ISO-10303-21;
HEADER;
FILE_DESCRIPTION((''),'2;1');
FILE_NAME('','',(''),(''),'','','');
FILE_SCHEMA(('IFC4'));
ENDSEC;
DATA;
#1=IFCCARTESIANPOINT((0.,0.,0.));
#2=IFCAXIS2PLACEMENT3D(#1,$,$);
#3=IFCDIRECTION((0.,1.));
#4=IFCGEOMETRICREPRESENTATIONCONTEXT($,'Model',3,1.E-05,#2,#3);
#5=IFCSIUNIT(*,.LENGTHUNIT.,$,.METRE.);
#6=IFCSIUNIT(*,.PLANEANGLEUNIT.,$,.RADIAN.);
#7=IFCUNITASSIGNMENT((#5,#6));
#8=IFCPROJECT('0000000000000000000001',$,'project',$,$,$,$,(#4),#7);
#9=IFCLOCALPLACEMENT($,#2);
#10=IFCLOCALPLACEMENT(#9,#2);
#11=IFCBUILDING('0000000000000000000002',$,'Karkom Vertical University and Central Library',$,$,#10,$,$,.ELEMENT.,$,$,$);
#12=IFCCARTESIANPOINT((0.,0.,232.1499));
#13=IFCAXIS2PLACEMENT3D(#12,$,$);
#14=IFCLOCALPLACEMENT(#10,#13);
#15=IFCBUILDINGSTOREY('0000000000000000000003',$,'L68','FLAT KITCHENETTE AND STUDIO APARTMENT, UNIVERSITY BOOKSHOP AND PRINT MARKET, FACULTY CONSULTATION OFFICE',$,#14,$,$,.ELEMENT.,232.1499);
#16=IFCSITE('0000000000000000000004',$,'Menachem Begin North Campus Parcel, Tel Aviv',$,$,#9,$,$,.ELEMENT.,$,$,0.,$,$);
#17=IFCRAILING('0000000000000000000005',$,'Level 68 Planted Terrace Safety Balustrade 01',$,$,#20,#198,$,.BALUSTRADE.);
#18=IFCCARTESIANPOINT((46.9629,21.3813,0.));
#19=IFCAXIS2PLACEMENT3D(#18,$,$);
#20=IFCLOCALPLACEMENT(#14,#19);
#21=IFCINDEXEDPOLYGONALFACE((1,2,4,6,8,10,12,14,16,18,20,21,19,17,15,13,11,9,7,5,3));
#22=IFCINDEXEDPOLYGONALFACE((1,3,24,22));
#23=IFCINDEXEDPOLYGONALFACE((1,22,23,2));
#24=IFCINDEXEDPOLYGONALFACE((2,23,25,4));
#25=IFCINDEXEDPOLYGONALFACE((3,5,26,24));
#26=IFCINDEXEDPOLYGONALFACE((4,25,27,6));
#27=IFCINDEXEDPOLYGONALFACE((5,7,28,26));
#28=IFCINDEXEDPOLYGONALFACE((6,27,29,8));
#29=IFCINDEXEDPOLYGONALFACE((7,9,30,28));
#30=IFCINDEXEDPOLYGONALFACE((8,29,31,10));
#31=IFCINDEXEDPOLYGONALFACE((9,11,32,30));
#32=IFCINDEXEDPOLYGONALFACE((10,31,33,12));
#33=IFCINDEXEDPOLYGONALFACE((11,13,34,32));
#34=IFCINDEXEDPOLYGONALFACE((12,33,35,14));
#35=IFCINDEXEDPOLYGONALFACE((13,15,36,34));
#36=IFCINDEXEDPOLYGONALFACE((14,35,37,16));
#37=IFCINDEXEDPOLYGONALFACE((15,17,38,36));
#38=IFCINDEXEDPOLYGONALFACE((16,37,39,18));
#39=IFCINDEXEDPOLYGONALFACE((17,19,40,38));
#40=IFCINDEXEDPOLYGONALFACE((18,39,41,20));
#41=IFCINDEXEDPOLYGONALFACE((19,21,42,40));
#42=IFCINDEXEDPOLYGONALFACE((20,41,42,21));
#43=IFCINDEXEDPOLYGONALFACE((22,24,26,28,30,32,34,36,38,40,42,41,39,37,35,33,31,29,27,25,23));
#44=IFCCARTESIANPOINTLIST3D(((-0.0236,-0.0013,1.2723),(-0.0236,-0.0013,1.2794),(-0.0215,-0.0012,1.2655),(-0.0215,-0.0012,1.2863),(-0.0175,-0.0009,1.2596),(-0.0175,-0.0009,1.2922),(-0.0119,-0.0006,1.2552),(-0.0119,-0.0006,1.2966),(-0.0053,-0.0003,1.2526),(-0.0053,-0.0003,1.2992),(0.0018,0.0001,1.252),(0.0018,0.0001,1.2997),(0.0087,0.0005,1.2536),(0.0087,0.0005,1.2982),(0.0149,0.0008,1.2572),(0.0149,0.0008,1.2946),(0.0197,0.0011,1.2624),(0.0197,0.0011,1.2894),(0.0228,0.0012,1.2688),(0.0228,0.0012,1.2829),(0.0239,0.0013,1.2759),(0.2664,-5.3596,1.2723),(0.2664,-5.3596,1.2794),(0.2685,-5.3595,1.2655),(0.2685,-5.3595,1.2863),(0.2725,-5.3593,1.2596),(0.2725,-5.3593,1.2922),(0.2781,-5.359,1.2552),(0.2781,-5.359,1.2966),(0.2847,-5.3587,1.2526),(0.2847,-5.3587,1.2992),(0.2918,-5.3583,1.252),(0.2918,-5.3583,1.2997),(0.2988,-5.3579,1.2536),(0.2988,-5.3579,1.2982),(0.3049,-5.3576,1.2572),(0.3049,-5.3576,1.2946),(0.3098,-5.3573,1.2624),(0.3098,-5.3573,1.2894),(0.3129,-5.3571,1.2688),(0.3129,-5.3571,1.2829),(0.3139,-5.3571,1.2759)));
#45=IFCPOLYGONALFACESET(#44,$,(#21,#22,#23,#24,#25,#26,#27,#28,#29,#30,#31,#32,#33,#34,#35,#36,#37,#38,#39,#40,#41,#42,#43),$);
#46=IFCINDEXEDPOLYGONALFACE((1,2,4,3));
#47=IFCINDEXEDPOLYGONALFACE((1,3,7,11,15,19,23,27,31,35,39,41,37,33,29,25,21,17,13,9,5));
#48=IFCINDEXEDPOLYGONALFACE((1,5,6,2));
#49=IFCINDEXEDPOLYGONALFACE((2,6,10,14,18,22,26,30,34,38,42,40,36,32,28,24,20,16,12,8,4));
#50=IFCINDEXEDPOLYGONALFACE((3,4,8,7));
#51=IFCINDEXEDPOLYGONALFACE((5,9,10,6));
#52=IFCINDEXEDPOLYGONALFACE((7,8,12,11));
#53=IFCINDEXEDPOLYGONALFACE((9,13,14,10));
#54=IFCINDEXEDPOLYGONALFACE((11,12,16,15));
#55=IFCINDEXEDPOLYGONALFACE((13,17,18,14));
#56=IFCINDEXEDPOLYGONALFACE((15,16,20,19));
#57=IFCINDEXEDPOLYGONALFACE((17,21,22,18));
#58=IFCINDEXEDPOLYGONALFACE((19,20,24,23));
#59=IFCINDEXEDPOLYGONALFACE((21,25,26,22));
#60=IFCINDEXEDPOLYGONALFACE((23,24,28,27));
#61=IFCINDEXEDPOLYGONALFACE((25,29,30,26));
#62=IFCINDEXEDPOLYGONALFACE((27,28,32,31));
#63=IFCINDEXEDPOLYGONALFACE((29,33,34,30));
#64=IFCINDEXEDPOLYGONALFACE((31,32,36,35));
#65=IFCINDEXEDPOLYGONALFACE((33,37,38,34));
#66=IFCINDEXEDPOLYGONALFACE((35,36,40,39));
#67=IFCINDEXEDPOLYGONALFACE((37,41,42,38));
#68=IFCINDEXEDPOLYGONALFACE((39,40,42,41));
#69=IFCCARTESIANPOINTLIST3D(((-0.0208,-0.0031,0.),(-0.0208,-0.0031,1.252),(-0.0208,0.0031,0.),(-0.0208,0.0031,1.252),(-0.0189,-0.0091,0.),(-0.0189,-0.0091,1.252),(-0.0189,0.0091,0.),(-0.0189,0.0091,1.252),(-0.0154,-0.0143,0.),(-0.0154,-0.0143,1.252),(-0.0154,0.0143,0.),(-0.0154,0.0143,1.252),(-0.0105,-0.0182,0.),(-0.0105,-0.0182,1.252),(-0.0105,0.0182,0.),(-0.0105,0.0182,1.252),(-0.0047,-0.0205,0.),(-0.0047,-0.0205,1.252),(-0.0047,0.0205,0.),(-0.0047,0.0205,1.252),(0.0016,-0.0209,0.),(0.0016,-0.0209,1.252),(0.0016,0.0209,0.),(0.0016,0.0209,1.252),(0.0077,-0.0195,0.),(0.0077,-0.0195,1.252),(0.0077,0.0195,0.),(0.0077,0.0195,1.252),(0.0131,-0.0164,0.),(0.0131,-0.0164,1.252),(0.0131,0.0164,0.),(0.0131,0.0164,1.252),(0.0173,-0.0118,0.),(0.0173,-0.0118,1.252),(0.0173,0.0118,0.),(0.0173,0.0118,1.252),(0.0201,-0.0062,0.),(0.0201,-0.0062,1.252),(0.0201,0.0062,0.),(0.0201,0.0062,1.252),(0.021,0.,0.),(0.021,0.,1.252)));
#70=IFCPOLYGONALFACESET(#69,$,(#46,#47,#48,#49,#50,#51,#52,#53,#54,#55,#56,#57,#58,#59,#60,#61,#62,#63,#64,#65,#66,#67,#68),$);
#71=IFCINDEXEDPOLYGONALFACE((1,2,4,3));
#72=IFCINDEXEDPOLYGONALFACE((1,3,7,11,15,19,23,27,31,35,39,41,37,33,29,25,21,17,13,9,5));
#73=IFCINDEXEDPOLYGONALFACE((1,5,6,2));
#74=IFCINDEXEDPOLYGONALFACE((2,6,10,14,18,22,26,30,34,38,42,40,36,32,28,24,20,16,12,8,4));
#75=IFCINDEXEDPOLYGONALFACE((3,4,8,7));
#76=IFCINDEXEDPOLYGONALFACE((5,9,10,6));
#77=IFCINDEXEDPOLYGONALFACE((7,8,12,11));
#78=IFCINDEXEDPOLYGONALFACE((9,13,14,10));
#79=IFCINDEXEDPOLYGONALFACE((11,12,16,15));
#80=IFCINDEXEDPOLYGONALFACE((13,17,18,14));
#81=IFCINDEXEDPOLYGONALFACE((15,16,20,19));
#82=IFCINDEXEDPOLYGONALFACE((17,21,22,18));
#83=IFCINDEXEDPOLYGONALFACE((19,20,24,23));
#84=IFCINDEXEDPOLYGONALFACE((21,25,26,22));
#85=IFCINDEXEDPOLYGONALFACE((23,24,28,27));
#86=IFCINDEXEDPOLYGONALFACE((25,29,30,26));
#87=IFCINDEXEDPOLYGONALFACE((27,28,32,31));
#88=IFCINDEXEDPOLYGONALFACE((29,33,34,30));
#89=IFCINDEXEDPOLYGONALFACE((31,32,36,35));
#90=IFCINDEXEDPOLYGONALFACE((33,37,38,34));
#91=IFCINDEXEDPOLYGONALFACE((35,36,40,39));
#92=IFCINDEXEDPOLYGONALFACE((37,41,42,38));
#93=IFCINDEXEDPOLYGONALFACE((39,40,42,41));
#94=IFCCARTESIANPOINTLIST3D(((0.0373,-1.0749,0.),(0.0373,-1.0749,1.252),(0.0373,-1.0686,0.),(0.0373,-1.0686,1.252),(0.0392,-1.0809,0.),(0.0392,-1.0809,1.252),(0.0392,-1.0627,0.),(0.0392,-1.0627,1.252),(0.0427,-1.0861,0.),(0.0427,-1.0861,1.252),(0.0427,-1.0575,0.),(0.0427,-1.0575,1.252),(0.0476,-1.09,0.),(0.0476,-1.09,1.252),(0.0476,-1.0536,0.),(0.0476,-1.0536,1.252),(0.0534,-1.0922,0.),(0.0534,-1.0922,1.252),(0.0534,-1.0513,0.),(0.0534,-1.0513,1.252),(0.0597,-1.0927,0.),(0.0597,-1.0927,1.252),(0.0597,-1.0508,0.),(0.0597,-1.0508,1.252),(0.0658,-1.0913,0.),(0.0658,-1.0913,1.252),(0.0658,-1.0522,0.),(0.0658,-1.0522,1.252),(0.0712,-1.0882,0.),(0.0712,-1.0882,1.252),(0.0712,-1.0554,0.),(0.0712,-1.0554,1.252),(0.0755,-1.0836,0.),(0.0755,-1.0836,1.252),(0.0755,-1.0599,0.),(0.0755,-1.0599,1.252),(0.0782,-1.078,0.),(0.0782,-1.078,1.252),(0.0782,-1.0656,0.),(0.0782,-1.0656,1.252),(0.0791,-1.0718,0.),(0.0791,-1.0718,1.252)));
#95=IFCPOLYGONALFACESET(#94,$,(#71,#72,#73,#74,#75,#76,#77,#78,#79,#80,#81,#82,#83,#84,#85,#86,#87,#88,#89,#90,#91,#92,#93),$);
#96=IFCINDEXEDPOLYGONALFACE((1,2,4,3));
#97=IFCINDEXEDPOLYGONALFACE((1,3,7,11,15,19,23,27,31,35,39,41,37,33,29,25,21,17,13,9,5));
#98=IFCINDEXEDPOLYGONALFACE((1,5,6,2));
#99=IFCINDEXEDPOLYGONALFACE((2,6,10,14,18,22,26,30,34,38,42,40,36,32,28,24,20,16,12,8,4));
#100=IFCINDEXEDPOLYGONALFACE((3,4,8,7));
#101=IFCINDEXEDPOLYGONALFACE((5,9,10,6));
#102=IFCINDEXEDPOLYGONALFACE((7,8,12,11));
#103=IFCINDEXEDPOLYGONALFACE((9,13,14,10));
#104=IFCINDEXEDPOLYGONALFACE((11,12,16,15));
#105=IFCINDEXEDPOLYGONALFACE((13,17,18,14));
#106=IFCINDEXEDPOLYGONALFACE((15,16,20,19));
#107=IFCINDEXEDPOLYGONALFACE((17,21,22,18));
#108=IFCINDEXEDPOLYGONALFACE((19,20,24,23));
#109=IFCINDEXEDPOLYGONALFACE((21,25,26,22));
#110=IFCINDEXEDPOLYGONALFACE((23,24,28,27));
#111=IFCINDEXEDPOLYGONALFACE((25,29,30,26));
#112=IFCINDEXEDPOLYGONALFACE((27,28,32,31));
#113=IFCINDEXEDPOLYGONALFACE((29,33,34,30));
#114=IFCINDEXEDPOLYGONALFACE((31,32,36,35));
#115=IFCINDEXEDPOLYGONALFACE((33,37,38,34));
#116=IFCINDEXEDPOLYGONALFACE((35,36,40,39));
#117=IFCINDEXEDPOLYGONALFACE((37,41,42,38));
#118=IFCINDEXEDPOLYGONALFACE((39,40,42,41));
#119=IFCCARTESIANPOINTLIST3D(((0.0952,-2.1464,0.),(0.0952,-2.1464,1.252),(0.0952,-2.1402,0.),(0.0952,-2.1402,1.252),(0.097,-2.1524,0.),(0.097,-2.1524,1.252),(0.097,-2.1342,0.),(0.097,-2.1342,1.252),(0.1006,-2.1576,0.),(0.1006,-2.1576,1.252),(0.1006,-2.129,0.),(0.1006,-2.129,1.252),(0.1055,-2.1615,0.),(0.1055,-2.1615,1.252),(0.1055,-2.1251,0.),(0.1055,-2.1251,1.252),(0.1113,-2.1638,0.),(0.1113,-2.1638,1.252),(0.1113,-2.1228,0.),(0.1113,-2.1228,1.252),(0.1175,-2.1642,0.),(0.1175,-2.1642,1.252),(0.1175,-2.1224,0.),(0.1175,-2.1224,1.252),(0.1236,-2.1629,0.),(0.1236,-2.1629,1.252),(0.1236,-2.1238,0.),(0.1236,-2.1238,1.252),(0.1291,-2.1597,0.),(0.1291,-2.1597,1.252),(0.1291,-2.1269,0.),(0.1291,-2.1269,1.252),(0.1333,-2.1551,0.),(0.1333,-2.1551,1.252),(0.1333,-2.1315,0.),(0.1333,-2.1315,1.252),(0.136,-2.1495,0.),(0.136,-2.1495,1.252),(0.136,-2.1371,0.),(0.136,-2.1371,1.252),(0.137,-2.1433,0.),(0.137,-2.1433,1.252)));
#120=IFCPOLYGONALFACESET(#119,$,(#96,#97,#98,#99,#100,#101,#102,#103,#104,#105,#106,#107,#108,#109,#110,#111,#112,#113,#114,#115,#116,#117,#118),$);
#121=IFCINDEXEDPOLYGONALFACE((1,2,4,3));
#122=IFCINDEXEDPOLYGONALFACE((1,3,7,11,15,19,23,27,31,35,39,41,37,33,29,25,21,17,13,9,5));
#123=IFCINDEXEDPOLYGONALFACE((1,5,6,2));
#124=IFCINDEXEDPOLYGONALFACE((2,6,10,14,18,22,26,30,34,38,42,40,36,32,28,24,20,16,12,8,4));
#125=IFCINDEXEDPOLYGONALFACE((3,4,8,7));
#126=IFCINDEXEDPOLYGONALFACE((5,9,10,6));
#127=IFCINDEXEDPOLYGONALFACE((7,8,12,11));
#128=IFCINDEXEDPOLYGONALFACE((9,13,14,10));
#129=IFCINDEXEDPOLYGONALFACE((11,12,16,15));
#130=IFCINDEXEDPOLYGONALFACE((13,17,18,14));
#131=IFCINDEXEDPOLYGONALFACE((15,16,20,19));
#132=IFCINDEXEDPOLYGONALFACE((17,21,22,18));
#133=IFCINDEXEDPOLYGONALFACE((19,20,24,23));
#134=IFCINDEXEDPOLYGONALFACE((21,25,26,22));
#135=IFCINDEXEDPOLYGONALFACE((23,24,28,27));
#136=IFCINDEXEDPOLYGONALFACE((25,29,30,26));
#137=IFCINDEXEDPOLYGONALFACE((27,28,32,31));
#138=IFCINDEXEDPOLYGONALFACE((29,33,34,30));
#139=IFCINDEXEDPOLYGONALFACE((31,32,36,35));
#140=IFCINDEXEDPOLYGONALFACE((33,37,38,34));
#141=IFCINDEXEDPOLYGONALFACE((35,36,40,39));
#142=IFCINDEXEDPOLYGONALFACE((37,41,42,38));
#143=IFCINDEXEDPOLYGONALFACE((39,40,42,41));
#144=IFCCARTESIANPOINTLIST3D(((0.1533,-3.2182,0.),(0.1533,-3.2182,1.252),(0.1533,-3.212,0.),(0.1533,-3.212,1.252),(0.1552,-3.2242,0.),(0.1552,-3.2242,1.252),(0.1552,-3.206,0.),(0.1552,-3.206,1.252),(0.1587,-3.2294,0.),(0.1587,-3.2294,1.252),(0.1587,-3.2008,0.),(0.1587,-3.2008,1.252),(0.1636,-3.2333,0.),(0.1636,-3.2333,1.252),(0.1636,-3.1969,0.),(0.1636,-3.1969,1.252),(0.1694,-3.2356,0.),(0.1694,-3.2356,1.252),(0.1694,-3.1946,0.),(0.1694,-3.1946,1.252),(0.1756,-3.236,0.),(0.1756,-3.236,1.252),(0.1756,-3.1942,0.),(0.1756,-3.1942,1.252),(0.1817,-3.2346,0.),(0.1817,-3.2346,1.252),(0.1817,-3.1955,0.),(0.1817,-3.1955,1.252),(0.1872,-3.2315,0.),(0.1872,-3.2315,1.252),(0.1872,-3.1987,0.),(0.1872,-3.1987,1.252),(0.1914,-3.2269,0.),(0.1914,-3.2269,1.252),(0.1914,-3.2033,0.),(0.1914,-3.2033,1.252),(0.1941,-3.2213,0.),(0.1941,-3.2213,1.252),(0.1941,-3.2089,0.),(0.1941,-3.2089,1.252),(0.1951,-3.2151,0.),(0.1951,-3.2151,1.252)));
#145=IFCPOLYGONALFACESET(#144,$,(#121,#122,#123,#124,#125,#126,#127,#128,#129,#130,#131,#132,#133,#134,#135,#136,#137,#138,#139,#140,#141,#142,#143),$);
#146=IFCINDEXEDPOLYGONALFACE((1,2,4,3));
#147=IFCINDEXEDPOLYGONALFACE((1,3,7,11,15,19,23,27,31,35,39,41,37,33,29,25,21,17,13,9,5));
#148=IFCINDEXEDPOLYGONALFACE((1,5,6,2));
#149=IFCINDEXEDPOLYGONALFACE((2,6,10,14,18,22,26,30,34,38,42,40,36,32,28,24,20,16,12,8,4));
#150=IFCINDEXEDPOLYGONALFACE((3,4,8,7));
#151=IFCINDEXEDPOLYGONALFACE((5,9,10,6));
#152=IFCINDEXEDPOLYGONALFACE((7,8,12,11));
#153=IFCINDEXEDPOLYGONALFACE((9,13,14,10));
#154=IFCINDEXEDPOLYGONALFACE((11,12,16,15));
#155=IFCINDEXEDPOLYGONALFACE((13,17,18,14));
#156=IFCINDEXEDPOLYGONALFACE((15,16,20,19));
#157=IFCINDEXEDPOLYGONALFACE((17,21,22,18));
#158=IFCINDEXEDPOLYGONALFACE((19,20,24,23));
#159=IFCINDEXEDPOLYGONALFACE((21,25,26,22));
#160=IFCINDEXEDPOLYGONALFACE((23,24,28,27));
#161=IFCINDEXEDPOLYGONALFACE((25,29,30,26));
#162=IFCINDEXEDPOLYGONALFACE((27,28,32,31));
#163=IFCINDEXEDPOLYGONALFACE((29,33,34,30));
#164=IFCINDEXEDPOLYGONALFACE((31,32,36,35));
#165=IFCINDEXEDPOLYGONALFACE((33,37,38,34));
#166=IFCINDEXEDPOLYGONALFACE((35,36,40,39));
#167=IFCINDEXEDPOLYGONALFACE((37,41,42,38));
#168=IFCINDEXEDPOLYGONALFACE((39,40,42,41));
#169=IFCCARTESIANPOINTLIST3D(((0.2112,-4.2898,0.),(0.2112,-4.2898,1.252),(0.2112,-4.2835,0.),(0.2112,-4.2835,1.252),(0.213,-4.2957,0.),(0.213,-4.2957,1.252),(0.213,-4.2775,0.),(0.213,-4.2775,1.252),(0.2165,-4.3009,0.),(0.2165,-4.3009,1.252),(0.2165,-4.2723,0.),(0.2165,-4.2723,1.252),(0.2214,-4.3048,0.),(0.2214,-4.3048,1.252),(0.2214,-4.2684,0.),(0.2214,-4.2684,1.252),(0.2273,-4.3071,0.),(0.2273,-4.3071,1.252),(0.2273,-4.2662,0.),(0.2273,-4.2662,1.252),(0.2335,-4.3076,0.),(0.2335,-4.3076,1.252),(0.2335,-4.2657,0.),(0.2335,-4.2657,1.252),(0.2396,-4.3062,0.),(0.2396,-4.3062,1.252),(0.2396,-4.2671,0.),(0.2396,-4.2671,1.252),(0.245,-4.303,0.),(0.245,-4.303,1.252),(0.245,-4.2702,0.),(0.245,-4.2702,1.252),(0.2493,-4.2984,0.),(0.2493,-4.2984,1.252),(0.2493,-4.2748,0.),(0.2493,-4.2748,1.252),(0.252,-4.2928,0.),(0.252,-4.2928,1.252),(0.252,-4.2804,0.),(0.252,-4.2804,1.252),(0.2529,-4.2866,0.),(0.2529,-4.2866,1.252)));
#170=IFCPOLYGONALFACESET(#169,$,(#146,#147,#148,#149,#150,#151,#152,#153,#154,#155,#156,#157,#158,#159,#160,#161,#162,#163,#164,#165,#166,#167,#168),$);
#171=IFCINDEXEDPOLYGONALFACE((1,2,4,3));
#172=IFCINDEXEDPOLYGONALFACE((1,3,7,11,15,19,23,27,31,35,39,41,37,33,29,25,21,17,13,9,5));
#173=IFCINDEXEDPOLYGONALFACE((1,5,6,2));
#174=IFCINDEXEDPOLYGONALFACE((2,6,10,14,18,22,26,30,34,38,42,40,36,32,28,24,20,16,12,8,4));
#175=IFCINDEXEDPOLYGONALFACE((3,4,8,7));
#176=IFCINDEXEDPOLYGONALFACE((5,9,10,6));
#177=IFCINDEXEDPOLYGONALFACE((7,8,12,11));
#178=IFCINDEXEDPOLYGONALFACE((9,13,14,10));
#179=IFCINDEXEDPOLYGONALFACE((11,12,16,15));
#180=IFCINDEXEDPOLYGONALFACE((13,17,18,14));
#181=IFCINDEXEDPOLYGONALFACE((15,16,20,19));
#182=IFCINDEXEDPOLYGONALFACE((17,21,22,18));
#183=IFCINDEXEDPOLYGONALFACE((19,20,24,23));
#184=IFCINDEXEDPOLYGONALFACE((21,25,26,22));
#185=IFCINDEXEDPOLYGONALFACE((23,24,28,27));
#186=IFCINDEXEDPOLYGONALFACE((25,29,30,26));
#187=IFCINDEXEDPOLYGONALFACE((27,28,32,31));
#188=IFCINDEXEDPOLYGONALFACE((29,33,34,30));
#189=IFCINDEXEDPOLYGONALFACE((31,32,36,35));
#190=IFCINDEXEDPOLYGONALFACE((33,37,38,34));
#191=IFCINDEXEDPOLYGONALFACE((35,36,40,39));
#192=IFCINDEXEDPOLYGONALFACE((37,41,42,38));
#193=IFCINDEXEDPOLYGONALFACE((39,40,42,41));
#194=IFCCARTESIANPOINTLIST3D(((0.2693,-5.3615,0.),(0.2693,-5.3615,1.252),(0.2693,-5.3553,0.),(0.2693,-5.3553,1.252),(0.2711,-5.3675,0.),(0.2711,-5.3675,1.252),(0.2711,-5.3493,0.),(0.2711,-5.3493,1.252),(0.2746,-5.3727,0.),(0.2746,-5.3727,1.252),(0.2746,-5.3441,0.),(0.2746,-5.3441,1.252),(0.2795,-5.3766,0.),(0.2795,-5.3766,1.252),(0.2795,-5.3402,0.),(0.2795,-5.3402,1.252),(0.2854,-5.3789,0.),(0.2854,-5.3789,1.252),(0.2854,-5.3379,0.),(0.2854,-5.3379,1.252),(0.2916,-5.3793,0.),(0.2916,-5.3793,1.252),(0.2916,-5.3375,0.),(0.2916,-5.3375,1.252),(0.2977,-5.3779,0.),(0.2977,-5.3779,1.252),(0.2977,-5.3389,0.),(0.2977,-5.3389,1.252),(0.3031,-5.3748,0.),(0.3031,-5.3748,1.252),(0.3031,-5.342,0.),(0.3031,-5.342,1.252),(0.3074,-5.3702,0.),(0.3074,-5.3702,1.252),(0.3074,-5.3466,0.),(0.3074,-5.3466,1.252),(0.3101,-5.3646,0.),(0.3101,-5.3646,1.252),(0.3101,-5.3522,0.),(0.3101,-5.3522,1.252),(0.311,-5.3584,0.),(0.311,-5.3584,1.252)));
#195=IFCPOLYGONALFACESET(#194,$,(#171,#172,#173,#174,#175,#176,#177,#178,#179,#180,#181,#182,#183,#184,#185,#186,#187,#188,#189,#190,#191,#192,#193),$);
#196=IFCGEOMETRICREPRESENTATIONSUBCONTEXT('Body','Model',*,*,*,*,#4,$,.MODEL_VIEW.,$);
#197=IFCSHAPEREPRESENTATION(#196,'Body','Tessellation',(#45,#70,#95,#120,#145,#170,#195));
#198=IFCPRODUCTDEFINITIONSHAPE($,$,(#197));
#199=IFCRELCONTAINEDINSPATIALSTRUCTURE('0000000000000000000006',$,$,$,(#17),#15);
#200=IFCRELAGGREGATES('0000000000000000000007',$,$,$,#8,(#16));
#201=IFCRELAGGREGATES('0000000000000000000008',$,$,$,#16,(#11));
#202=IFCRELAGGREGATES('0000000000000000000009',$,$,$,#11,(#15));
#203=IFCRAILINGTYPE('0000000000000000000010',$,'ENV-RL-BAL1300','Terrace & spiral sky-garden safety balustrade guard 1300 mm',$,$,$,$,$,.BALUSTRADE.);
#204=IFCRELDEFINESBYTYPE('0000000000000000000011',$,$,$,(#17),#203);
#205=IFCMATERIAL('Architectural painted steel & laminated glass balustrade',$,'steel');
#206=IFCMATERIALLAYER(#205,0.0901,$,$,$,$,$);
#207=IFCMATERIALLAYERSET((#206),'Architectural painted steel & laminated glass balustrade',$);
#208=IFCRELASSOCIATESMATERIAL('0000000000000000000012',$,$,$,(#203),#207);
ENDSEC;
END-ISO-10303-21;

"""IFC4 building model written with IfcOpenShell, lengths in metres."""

from ifc_helpers import new_model, si_unit, direction, frame, origin, origin_2d, place, context, subcontext, project, spatial, circle, extrude, material, layer, layer_set, type_object, element, save


model = new_model("IFC4")

# Units and contexts
model_context = context("Model", 3, precision=1e-05, world=origin(), true_north=direction((0.0, 1.0)))
body_context = subcontext(model_context, "Body", "Model", "MODEL_VIEW")
ifc_project = project(units=[si_unit("LENGTHUNIT", "METRE"), si_unit("PLANEANGLEUNIT", "RADIAN")], contexts=[model_context])

# Site, building, storey
site_placement = place(None, origin())
site = spatial("IfcSite", under=ifc_project, at=site_placement, Name="Menachem Begin North Campus Parcel, Tel Aviv", CompositionType="ELEMENT", RefElevation=0.0)
building_placement = place(site_placement, origin())
building = spatial("IfcBuilding", under=site, at=building_placement, Name="Karkom Vertical University and Central Library", CompositionType="ELEMENT")
storey_placement = place(building_placement, frame((0.0, 0.0, 232.1499)))
storey = spatial("IfcBuildingStorey", under=building, at=storey_placement, Name="L68", Description="FLAT KITCHENETTE AND STUDIO APARTMENT, UNIVERSITY BOOKSHOP AND PRINT MARKET, FACULTY CONSULTATION OFFICE", CompositionType="ELEMENT", Elevation=232.1499)

# Railing
ifc_material_1 = material(Name="Architectural painted steel & laminated glass balustrade", Category="steel")
ifc_layer_1 = layer(ifc_material_1, 0.0901)
ifc_layer_set_1 = layer_set([ifc_layer_1], Name="Architectural painted steel & laminated glass balustrade")
railing_type = type_object("IfcRailingType", Name="ENV-RL-BAL1300", Description="Terrace & spiral sky-garden safety balustrade guard 1300 mm", PredefinedType="BALUSTRADE", material=ifc_layer_set_1)
railing_1_placement = place(storey_placement, frame((46.9629, 21.3813, 0.0)))
element("IfcRailing", 1, at=railing_1_placement, inside=storey, type_object=railing_type, Name="Level 68 Planted Terrace Safety Balustrade 01", PredefinedType="BALUSTRADE", context=body_context, shape_type="SweptSolid", body=[
    extrude(circle(Radius=0.0239, at=origin_2d()), frame((0.0, 0.0, 1.2759), z_axis=(0.054049, -0.998538, 0.0), x_axis=(0.998538, 0.054049, 0.0)), (0.0, 0.0, 1.0), 5.3662),
    extrude(circle(Radius=0.021, at=origin_2d()), origin(), (0.0, 0.0, 1.0), 1.252),
    extrude(circle(Radius=0.021, at=origin_2d()), frame((0.0581, -1.0718, 0.0)), (0.0, 0.0, 1.0), 1.252),
    extrude(circle(Radius=0.021, at=origin_2d()), frame((0.116, -2.1433, 0.0)), (0.0, 0.0, 1.0), 1.252),
    extrude(circle(Radius=0.021, at=origin_2d()), frame((0.1741, -3.2151, 0.0)), (0.0, 0.0, 1.0), 1.252),
    extrude(circle(Radius=0.021, at=origin_2d()), frame((0.2319, -4.2866, 0.0)), (0.0, 0.0, 1.0), 1.252),
    extrude(circle(Radius=0.021, at=origin_2d()), frame((0.29, -5.3584, 0.0)), (0.0, 0.0, 1.0), 1.252),
])

save(model, "model.ifc")
